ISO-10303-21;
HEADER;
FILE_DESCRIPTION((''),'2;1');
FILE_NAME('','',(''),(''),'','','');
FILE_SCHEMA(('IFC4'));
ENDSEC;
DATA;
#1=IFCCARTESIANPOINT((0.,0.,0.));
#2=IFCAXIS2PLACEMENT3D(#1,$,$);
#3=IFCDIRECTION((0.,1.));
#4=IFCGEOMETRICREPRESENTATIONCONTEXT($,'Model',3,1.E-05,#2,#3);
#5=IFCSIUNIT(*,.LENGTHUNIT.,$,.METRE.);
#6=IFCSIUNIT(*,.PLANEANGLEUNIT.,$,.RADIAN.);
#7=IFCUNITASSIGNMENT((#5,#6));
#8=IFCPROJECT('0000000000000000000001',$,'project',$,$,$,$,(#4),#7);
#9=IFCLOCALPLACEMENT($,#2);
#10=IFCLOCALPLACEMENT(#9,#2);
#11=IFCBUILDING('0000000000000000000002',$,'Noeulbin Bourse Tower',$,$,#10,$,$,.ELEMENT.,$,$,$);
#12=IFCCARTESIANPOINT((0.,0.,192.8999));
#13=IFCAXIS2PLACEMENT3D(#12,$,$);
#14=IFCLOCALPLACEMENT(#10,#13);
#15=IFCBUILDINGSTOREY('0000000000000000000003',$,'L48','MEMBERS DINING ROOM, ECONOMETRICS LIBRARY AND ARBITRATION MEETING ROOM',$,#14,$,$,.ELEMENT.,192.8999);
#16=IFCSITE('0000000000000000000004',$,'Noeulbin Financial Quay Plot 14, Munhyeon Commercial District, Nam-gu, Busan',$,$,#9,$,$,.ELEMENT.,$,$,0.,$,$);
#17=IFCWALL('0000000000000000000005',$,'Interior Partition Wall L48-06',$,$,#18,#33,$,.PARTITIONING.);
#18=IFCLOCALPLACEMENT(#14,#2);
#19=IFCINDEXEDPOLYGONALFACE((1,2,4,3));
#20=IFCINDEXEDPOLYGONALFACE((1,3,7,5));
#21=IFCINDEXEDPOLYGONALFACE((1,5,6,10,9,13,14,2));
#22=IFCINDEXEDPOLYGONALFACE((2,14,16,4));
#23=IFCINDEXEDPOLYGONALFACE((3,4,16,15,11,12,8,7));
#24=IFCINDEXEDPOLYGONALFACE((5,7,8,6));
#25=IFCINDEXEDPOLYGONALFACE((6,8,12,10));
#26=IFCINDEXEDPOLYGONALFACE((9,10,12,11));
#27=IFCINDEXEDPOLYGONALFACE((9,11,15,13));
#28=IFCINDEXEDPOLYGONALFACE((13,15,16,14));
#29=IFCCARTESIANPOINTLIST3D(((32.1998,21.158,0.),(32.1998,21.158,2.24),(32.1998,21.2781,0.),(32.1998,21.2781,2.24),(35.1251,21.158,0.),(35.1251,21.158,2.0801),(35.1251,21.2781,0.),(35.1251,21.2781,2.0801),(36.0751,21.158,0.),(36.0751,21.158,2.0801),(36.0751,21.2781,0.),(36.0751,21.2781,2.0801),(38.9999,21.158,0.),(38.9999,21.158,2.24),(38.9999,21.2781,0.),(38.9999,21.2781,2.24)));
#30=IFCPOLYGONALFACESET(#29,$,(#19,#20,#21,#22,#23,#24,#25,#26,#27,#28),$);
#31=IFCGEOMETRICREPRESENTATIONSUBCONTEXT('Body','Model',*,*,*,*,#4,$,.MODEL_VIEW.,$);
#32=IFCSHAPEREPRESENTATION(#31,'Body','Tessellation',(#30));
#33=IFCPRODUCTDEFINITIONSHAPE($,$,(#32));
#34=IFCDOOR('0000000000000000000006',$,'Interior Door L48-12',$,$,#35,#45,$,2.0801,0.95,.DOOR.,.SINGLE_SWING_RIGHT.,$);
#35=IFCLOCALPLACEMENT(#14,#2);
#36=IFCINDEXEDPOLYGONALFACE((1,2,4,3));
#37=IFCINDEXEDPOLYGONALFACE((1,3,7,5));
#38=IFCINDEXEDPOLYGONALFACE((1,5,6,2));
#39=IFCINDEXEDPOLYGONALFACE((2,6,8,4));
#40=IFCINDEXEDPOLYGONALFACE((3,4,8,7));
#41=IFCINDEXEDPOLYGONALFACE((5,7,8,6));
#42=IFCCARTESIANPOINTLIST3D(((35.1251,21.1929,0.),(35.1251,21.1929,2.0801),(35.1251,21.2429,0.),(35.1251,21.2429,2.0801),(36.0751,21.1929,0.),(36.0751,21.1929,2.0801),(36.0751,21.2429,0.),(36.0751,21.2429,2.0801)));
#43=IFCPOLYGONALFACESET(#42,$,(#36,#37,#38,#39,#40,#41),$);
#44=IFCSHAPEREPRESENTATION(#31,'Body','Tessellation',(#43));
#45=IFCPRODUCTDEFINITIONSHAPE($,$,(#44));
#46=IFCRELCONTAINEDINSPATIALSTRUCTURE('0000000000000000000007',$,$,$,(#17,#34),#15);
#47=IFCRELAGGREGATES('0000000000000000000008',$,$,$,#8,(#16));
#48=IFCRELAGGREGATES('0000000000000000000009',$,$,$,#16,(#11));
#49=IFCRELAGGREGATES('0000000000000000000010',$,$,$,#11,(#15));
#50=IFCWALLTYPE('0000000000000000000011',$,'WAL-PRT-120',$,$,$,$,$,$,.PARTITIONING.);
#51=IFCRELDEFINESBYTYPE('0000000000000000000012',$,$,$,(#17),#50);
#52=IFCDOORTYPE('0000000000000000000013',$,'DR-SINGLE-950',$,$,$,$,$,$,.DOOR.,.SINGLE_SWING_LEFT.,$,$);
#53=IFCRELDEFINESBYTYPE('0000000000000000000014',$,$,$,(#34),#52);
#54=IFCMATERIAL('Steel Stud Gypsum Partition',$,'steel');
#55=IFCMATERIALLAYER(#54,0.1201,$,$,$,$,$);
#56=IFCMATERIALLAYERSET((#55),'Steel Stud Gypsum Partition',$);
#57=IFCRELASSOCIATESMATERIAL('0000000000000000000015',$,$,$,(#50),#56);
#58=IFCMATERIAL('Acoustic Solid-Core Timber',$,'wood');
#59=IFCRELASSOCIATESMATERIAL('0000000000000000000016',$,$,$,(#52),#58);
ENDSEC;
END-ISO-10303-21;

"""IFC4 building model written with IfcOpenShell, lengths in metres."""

from ifc_helpers import new_model, si_unit, direction, frame, frame_2d, origin, place, context, subcontext, project, spatial, rectangle, extrude, material, layer, layer_set, type_object, element, fill, save


model = new_model("IFC4")

# Units and contexts
model_context = context("Model", 3, precision=1e-05, world=origin(), true_north=direction((0.0, 1.0)))
body_context = subcontext(model_context, "Body", "Model", "MODEL_VIEW")
ifc_project = project(units=[si_unit("LENGTHUNIT", "METRE"), si_unit("PLANEANGLEUNIT", "RADIAN")], contexts=[model_context])

# Site, building, storey
site_placement = place(None, origin())
site = spatial("IfcSite", under=ifc_project, at=site_placement, Name="Noeulbin Financial Quay Plot 14, Munhyeon Commercial District, Nam-gu, Busan", CompositionType="ELEMENT", RefElevation=0.0)
building_placement = place(site_placement, origin())
building = spatial("IfcBuilding", under=site, at=building_placement, Name="Noeulbin Bourse Tower", CompositionType="ELEMENT")
storey_placement = place(building_placement, frame((0.0, 0.0, 192.8999)))
storey = spatial("IfcBuildingStorey", under=building, at=storey_placement, Name="L48", Description="MEMBERS DINING ROOM, ECONOMETRICS LIBRARY AND ARBITRATION MEETING ROOM", CompositionType="ELEMENT", Elevation=192.8999)

# Wall, opening, door
ifc_material_1 = material(Name="Steel Stud Gypsum Partition", Category="steel")
ifc_layer_1 = layer(ifc_material_1, 0.1201)
ifc_layer_set_1 = layer_set([ifc_layer_1], Name="Steel Stud Gypsum Partition")
wall_type = type_object("IfcWallType", Name="WAL-PRT-120", PredefinedType="PARTITIONING", material=ifc_layer_set_1)
wall_placement = place(storey_placement, frame((32.2, 21.218, 0.0), z_axis=(0.0, 0.0, 1.0), x_axis=(1.0, 0.0, 0.0)))
wall = element("IfcWall", 1, at=wall_placement, inside=storey, type_object=wall_type, Name="Interior Partition Wall L48-06", PredefinedType="PARTITIONING", context=body_context, shape_type="SweptSolid", body=[
    extrude(rectangle(XDim=6.8, YDim=0.1201, at=frame_2d((3.3999, 0.0))), origin(), (0.0, 0.0, 1.0), 2.24),
])
opening_placement = place(wall_placement, frame((2.925, 0.0, 0.0)))
opening = element("IfcOpeningElement", 2, at=opening_placement, cuts=wall, PredefinedType="OPENING", context=body_context, shape_type="SweptSolid", body=[
    extrude(rectangle(XDim=0.95, YDim=2.0801, at=frame_2d((0.4751, 1.04))), frame((0.0, 0.0701, 0.0), z_axis=(0.0, -1.0, 0.0), x_axis=(1.0, 0.0, 0.0)), (0.0, 0.0, 1.0), 0.1401),
])
ifc_material_2 = material(Name="Acoustic Solid-Core Timber", Category="wood")
door_type = type_object("IfcDoorType", Name="DR-SINGLE-950", OperationType="SINGLE_SWING_LEFT", PredefinedType="DOOR", material=ifc_material_2)
door_placement = place(opening_placement, origin())
door = element("IfcDoor", 3, at=door_placement, inside=storey, type_object=door_type, Name="Interior Door L48-12", OperationType="SINGLE_SWING_RIGHT", OverallHeight=2.0801, OverallWidth=0.95, PredefinedType="DOOR", context=body_context, shape_type="SweptSolid", body=[
    extrude(rectangle(XDim=0.95, YDim=2.0801, at=frame_2d((0.4751, 1.04))), frame((0.0, 0.0249, 0.0), z_axis=(0.0, -1.0, 0.0), x_axis=(1.0, 0.0, 0.0)), (0.0, 0.0, 1.0), 0.05),
])
fill(opening, door)

save(model, "model.ifc")
